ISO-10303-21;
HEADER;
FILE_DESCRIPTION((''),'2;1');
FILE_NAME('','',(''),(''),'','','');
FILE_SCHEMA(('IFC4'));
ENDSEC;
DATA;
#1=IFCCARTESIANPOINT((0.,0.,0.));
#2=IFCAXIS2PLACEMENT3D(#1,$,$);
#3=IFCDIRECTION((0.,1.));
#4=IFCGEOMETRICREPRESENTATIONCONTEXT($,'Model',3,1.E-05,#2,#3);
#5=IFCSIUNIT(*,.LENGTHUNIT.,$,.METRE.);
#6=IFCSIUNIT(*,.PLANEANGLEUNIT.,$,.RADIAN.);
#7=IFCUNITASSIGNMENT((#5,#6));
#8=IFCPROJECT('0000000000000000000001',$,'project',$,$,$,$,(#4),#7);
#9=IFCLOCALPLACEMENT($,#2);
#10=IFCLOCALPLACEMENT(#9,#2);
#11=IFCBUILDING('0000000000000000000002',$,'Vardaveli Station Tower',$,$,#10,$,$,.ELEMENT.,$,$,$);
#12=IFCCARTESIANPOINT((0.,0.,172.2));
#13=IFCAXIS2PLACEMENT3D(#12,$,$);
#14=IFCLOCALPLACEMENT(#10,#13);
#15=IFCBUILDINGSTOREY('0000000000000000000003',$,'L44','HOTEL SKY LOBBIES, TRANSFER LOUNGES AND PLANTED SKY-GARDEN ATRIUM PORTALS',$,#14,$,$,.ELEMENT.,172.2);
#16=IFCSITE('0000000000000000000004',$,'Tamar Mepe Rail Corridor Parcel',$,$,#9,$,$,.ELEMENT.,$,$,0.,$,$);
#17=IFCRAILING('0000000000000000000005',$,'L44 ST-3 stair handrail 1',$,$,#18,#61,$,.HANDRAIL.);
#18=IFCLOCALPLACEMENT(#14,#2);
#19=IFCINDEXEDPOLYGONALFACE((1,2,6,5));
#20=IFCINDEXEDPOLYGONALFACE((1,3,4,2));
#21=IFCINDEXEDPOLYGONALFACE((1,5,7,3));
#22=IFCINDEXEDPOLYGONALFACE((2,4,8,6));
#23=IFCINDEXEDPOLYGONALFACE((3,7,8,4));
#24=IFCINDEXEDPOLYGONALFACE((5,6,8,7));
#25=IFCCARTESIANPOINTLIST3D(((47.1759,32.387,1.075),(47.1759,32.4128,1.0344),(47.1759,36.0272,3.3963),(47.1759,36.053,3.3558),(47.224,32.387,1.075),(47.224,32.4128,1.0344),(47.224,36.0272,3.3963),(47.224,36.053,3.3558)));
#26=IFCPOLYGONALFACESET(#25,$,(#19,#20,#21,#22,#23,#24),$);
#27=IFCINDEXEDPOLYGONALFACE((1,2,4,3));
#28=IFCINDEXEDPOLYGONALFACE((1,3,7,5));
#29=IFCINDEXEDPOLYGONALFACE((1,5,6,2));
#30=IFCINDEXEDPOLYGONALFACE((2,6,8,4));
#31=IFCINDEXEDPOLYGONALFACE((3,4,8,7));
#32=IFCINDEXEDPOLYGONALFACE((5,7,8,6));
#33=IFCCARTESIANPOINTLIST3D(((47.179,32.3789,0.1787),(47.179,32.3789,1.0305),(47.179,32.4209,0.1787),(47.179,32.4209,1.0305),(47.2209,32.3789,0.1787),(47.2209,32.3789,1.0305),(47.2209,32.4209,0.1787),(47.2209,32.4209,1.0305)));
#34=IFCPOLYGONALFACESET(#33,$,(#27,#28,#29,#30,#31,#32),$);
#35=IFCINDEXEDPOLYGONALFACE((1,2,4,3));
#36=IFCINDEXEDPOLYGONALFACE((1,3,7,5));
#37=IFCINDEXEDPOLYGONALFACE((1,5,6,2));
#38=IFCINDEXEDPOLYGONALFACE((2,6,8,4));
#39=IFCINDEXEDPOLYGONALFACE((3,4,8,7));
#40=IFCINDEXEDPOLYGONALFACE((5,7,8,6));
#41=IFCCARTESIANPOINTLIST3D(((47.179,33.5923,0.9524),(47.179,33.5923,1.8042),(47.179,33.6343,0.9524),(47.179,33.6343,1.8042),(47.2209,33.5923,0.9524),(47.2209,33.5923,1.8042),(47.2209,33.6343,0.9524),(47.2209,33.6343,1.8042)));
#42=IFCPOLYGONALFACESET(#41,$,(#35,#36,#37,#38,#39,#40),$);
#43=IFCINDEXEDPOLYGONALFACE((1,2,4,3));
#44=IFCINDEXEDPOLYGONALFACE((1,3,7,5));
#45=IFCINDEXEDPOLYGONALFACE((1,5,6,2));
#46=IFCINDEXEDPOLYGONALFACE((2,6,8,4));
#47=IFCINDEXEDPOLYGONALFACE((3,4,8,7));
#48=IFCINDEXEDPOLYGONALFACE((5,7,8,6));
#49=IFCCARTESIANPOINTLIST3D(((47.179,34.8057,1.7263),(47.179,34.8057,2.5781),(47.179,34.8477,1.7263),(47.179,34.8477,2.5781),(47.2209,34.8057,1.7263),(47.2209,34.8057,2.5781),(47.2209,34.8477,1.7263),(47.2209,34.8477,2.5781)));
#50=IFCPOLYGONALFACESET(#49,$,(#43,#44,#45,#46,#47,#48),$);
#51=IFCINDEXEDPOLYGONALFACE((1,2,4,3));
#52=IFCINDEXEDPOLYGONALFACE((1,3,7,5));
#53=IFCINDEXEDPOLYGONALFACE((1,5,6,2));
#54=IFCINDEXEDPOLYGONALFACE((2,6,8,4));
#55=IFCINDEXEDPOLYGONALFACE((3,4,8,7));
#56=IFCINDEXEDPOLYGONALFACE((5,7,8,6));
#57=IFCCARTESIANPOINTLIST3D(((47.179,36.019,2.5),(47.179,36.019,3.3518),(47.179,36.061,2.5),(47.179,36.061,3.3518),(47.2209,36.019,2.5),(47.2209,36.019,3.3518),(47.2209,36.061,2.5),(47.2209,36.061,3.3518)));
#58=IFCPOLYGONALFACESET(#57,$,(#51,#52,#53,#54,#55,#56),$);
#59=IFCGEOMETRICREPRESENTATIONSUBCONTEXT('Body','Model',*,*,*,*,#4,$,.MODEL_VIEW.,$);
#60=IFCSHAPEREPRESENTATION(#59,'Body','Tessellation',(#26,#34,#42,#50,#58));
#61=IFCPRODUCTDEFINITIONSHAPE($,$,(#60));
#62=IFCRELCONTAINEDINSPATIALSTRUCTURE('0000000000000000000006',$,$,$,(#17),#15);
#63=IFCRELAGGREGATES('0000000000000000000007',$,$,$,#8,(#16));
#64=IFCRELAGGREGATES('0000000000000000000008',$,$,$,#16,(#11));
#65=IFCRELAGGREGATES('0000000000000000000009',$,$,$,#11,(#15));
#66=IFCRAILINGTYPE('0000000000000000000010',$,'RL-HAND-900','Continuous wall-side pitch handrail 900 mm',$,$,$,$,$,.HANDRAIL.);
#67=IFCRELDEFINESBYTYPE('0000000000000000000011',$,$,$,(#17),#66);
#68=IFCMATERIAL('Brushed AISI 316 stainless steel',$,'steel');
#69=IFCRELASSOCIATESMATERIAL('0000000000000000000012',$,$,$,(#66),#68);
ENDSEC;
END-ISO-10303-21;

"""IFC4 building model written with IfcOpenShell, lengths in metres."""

from ifc_helpers import new_model, si_unit, direction, frame, origin, origin_2d, place, context, subcontext, project, spatial, rectangle, extrude, source, transform, mapped, material, type_object, element, save


model = new_model("IFC4")

# Units and contexts
model_context = context("Model", 3, precision=1e-05, world=origin(), true_north=direction((0.0, 1.0)))
body_context = subcontext(model_context, "Body", "Model", "MODEL_VIEW")
ifc_project = project(units=[si_unit("LENGTHUNIT", "METRE"), si_unit("PLANEANGLEUNIT", "RADIAN")], contexts=[model_context])

# Site, building, storey
site_placement = place(None, origin())
site = spatial("IfcSite", under=ifc_project, at=site_placement, Name="Tamar Mepe Rail Corridor Parcel", CompositionType="ELEMENT", RefElevation=0.0)
building_placement = place(site_placement, origin())
building = spatial("IfcBuilding", under=site, at=building_placement, Name="Vardaveli Station Tower", CompositionType="ELEMENT")
storey_placement = place(building_placement, frame((0.0, 0.0, 172.2)))
storey = spatial("IfcBuildingStorey", under=building, at=storey_placement, Name="L44", Description="HOTEL SKY LOBBIES, TRANSFER LOUNGES AND PLANTED SKY-GARDEN ATRIUM PORTALS", CompositionType="ELEMENT", Elevation=172.2)

# Railing
ifc_material_1 = material(Name="Brushed AISI 316 stainless steel", Category="steel")
railing_type_1 = type_object("IfcRailingType", Name="RL-HAND-900", Description="Continuous wall-side pitch handrail 900 mm", PredefinedType="HANDRAIL", material=ifc_material_1)
shared_shape_1 = source(origin(), body_context, "Body", "SweptSolid", [
    extrude(rectangle(XDim=0.0481, YDim=0.0481, at=origin_2d()), frame((0.0, 0.0, 0.876), z_axis=(0.0, 0.843153, 0.537673), x_axis=(-1.0, 0.0, 0.0)), (0.0, 0.0, 1.0), 4.3174),
    extrude(rectangle(XDim=0.042, YDim=0.042, at=origin_2d()), origin(), (0.0, 0.0, 1.0), 0.8518),
    extrude(rectangle(XDim=0.042, YDim=0.042, at=origin_2d()), frame((0.0, 1.2134, 0.7737)), (0.0, 0.0, 1.0), 0.8518),
    extrude(rectangle(XDim=0.042, YDim=0.042, at=origin_2d()), frame((0.0, 2.4268, 1.5476)), (0.0, 0.0, 1.0), 0.8518),
    extrude(rectangle(XDim=0.042, YDim=0.042, at=origin_2d()), frame((0.0, 3.6401, 2.3213)), (0.0, 0.0, 1.0), 0.8518),
])
railing_1_placement = place(storey_placement, frame((47.2, 32.3999, 0.1787)))
element("IfcRailing", 1, at=railing_1_placement, inside=storey, type_object=railing_type_1, Name="L44 ST-3 stair handrail 1", PredefinedType="HANDRAIL", context=body_context, shape_type="MappedRepresentation", body=[
    mapped(shared_shape_1, transform((0.0, 0.0, 0.0), scale=1.0)),
])

save(model, "model.ifc")
